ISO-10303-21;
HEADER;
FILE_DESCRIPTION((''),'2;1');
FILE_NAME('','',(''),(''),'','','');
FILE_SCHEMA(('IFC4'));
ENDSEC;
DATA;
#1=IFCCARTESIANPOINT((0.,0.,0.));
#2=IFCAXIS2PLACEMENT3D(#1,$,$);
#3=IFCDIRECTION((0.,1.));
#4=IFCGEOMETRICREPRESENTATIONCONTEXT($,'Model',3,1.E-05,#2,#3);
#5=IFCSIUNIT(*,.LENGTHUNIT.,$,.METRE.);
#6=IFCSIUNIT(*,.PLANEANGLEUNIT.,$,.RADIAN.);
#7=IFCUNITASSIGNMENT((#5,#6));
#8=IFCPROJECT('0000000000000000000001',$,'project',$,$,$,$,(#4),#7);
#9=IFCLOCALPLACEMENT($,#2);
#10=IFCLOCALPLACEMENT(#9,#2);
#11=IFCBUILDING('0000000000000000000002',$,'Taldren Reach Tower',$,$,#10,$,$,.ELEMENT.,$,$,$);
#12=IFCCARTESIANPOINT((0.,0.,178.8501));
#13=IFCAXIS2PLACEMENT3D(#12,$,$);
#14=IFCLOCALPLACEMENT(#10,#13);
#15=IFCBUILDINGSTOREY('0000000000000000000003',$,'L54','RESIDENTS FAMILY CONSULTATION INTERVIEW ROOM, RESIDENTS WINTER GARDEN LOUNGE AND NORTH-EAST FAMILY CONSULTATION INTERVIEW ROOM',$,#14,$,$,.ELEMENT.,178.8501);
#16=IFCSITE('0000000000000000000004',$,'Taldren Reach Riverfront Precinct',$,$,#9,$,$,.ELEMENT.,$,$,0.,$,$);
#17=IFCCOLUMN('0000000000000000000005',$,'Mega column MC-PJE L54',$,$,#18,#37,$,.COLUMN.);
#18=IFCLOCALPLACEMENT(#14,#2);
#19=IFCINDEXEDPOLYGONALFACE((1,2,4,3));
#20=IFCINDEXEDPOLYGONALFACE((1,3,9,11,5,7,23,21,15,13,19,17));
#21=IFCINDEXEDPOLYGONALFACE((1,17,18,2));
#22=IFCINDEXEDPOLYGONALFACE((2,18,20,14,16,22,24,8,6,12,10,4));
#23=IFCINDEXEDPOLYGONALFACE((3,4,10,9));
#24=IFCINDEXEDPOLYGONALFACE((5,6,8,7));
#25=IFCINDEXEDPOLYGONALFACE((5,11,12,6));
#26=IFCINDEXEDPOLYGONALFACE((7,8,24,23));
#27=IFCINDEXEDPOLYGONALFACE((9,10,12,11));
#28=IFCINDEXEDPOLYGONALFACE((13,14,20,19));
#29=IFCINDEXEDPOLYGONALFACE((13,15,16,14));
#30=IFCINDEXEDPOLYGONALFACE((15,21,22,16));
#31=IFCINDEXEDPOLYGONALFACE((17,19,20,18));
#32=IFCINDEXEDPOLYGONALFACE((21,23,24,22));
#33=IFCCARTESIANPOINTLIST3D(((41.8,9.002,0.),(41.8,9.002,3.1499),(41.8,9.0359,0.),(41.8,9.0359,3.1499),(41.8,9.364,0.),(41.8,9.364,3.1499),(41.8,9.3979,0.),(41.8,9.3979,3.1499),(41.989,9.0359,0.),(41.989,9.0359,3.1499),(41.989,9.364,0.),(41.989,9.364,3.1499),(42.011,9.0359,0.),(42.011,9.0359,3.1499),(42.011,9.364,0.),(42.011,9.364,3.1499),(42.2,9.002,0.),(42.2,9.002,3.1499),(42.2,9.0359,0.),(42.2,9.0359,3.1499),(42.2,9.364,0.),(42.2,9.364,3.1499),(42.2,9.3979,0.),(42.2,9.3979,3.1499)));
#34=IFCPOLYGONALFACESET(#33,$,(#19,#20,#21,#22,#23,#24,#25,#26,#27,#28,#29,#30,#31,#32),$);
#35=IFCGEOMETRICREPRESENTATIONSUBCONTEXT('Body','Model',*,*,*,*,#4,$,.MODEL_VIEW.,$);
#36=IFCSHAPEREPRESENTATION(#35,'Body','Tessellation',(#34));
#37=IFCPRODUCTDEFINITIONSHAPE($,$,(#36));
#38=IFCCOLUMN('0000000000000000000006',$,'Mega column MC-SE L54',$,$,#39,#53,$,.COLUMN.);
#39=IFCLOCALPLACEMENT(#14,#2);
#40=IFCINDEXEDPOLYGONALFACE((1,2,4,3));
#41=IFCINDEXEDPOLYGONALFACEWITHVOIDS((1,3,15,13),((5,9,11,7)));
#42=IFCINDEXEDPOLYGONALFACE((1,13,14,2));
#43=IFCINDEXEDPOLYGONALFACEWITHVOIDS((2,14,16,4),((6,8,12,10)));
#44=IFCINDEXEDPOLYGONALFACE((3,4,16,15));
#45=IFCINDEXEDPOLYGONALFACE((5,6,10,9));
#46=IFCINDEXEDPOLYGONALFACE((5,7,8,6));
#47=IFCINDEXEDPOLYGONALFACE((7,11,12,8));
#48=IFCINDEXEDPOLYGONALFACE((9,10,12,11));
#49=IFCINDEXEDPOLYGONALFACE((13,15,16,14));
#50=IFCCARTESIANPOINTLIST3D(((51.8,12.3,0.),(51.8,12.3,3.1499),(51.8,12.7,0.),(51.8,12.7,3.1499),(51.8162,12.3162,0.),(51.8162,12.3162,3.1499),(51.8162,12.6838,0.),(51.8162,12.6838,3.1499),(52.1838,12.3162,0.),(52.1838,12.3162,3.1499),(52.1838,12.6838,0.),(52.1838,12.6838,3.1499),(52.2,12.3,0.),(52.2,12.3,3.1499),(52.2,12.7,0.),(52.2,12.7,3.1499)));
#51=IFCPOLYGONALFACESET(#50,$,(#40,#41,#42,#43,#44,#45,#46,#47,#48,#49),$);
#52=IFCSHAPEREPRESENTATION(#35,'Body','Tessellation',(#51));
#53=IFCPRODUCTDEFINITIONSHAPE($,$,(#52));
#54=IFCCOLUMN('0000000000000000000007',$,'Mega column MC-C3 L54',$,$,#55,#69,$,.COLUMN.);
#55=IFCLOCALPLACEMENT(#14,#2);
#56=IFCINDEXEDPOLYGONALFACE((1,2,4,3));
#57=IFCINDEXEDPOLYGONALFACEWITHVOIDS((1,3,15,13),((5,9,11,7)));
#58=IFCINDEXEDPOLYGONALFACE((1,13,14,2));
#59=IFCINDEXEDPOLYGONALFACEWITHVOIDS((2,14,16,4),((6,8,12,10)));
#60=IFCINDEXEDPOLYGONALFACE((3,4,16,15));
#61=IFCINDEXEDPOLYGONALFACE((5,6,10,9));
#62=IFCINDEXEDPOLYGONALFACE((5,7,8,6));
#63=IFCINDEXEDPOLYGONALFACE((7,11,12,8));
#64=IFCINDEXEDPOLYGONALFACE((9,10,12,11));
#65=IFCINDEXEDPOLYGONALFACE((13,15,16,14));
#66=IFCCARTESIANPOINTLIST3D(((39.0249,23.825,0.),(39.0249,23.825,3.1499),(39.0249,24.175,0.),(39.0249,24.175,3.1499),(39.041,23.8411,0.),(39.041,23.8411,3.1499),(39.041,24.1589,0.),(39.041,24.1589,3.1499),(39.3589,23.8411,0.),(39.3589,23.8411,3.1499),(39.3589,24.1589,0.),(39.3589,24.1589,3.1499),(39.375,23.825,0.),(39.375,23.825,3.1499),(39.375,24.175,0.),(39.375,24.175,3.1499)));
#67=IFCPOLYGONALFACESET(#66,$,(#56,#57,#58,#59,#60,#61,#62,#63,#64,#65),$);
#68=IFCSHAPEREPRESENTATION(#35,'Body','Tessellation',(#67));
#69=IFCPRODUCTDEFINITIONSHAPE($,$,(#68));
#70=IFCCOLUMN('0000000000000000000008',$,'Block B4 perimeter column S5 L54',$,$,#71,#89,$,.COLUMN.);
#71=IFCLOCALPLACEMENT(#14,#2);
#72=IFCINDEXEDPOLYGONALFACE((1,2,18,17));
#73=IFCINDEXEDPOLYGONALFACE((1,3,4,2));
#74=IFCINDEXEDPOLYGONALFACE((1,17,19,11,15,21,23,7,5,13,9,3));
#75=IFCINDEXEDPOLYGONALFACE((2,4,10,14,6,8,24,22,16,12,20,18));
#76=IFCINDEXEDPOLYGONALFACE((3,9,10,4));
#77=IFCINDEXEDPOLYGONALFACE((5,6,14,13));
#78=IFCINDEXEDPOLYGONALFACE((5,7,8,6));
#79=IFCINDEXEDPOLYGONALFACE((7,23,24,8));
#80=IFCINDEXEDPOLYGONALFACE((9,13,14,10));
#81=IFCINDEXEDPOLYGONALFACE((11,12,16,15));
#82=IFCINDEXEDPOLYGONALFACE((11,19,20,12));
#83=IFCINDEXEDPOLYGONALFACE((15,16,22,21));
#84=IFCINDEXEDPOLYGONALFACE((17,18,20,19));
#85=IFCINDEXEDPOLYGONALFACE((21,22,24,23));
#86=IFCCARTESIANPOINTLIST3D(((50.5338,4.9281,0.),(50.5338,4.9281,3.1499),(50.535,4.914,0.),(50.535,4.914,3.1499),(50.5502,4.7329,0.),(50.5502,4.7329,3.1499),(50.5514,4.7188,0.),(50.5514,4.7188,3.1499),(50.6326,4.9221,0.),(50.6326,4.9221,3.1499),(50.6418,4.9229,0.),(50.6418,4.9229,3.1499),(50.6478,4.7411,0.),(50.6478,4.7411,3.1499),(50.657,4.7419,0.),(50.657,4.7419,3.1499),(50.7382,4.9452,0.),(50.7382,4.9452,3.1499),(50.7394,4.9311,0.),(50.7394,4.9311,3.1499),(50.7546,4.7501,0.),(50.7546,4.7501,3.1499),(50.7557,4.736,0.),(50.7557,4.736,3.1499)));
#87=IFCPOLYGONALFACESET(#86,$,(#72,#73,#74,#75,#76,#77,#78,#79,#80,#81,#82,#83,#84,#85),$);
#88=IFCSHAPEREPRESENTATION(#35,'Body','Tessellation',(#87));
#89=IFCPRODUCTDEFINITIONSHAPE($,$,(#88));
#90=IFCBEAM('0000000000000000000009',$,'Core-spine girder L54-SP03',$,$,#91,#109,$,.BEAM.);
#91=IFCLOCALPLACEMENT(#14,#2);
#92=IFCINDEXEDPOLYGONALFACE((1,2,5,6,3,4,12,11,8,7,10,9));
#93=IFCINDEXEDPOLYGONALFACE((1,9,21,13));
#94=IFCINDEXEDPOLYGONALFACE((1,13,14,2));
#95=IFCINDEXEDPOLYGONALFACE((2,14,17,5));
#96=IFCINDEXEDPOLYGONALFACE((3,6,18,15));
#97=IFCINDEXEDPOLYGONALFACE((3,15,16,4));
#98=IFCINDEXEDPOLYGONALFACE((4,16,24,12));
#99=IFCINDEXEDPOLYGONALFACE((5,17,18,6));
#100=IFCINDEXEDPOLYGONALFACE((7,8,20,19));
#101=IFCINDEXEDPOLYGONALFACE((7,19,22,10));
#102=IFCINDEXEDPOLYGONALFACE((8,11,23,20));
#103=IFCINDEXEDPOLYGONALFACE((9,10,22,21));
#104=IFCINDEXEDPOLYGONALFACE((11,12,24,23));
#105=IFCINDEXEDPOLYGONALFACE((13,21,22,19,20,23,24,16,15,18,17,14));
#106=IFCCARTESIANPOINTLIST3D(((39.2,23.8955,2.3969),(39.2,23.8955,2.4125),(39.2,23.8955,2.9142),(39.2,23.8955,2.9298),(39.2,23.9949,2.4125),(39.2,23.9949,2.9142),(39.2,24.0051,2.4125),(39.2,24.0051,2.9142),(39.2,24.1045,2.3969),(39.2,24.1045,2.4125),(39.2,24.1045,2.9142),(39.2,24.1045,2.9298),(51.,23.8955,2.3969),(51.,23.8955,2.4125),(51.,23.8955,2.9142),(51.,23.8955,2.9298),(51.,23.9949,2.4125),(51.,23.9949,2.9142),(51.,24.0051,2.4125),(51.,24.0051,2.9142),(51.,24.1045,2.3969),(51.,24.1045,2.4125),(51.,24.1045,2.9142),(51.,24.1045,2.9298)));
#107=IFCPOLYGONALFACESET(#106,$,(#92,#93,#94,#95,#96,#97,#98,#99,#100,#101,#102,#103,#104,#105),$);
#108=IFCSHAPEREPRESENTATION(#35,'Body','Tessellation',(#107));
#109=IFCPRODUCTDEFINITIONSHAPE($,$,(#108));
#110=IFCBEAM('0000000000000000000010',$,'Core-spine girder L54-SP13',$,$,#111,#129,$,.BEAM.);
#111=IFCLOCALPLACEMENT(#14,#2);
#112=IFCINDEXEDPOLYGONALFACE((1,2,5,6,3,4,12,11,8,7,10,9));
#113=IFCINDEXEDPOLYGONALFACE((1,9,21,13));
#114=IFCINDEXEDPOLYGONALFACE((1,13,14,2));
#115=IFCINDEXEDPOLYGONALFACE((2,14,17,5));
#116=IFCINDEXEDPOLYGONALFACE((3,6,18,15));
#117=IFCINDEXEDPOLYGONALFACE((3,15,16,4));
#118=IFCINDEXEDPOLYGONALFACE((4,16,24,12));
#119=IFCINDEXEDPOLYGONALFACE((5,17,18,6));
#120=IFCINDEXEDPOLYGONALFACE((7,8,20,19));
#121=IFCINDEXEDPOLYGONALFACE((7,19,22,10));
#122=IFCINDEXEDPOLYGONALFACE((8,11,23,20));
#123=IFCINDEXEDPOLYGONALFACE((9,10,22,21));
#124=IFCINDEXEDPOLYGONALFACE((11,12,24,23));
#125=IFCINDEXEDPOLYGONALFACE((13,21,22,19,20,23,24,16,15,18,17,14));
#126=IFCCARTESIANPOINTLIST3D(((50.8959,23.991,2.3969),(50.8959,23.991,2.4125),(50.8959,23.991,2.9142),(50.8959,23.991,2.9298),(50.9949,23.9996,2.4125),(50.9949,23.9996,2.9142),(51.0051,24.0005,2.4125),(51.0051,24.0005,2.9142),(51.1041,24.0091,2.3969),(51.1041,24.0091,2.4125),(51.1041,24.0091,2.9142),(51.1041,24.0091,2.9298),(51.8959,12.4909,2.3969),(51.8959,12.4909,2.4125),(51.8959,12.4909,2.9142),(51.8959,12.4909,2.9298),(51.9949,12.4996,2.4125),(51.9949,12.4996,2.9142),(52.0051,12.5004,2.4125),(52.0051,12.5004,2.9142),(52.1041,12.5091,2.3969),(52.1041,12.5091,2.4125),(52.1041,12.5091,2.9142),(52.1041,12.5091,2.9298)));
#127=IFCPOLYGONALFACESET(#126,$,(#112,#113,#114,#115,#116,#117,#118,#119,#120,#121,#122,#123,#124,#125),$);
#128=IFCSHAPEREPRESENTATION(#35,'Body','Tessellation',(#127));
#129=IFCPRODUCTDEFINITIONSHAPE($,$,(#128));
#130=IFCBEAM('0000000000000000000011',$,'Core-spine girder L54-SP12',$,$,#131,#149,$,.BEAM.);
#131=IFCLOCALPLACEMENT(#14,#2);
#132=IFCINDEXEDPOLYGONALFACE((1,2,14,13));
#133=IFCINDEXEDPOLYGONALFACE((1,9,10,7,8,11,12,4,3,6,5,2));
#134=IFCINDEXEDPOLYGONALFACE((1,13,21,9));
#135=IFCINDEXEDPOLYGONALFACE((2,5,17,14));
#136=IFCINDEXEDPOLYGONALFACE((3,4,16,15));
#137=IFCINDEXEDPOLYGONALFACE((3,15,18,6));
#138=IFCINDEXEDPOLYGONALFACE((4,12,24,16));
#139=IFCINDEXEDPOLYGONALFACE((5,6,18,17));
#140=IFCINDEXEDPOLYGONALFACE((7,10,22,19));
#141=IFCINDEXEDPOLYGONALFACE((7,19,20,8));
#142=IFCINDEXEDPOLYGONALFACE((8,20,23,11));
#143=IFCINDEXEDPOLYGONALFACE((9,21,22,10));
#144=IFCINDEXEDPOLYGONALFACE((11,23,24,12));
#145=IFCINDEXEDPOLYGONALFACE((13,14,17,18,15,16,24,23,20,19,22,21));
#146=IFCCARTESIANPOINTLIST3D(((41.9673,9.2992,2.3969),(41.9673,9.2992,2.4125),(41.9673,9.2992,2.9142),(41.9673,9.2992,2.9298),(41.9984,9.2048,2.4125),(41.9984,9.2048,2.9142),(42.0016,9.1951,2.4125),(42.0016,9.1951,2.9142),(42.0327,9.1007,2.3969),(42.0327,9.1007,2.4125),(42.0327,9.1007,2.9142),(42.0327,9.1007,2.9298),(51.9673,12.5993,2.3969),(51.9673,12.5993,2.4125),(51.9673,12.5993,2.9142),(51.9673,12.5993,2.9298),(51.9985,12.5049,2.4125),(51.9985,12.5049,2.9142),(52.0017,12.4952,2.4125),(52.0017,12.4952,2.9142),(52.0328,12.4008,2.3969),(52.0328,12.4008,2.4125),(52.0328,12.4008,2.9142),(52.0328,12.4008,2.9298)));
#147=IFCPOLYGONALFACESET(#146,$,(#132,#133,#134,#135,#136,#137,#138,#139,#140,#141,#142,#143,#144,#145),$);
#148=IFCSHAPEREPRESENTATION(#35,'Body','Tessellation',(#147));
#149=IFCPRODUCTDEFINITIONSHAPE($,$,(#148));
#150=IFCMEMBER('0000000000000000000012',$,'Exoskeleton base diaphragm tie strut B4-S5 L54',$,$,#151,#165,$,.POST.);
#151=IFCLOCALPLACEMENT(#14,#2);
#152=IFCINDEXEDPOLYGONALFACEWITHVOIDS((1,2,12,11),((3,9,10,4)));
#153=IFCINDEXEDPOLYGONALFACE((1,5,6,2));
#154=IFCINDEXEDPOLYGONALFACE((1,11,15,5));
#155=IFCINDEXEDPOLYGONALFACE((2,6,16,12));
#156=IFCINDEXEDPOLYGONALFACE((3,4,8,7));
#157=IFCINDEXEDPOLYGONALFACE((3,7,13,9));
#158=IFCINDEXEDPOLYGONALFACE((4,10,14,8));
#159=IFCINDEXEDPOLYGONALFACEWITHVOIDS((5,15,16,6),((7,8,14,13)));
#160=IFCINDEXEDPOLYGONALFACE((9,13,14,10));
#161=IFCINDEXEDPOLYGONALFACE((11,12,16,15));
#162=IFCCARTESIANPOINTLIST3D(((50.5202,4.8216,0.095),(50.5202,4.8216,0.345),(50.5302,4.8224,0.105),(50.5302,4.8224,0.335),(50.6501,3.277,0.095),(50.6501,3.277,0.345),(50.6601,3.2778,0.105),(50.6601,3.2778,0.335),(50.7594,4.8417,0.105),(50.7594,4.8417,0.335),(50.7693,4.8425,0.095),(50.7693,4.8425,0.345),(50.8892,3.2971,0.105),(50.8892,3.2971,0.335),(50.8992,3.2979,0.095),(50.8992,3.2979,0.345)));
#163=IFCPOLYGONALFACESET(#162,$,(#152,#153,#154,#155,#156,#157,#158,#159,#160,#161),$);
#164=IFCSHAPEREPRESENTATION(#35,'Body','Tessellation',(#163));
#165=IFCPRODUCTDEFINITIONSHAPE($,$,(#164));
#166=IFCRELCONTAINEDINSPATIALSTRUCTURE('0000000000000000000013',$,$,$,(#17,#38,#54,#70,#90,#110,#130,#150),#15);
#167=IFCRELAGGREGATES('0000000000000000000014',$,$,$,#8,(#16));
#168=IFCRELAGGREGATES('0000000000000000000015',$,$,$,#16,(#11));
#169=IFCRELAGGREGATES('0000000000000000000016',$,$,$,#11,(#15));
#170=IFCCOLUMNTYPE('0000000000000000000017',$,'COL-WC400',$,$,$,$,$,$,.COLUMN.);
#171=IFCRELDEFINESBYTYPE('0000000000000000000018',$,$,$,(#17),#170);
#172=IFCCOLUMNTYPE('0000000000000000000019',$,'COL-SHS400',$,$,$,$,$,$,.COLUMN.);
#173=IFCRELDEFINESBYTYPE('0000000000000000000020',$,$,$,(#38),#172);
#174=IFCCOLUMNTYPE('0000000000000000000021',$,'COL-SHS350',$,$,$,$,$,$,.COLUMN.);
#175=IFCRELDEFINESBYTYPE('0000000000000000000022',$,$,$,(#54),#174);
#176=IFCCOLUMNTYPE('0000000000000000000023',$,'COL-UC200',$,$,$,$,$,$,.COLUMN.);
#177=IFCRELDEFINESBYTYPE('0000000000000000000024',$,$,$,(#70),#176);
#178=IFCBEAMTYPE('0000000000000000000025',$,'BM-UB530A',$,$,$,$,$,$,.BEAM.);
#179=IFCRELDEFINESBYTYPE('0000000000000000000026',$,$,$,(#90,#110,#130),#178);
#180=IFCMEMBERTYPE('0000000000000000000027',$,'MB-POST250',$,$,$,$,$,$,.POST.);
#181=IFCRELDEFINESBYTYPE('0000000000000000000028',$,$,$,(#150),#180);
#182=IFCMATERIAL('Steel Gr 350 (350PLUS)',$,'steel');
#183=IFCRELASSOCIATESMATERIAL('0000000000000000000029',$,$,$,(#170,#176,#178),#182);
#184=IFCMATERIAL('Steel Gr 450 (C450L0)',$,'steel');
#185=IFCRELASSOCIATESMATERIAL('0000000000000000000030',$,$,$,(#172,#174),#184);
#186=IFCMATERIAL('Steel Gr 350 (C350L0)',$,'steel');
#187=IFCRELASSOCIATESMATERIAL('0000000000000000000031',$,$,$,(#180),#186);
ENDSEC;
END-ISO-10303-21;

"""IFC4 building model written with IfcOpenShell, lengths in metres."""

from ifc_helpers import new_model, si_unit, direction, frame, origin, origin_2d, place, context, subcontext, project, spatial, hollow_rectangle, i_section, extrude, source, transform, mapped, material, material_profile, profile_set, type_object, element, save


model = new_model("IFC4")

# Units and contexts
model_context = context("Model", 3, precision=1e-05, world=origin(), true_north=direction((0.0, 1.0)))
body_context = subcontext(model_context, "Body", "Model", "MODEL_VIEW")
ifc_project = project(units=[si_unit("LENGTHUNIT", "METRE"), si_unit("PLANEANGLEUNIT", "RADIAN")], contexts=[model_context])

# Site, building, storey
site_placement = place(None, origin())
site = spatial("IfcSite", under=ifc_project, at=site_placement, Name="Taldren Reach Riverfront Precinct", CompositionType="ELEMENT", RefElevation=0.0)
building_placement = place(site_placement, origin())
building = spatial("IfcBuilding", under=site, at=building_placement, Name="Taldren Reach Tower", CompositionType="ELEMENT")
storey_placement = place(building_placement, frame((0.0, 0.0, 178.8501)))
storey = spatial("IfcBuildingStorey", under=building, at=storey_placement, Name="L54", Description="RESIDENTS FAMILY CONSULTATION INTERVIEW ROOM, RESIDENTS WINTER GARDEN LOUNGE AND NORTH-EAST FAMILY CONSULTATION INTERVIEW ROOM", CompositionType="ELEMENT", Elevation=178.8501)

# Columns
ifc_material_1 = material(Name="Steel Gr 350 (350PLUS)", Category="steel")
ifc_material_profile_1 = material_profile(ifc_material_1, i_section(OverallWidth=0.3999, OverallDepth=0.396, WebThickness=0.022, FlangeThickness=0.0339, at=origin_2d()), Name="400WC270")
ifc_profile_set_1 = profile_set([ifc_material_profile_1], Name="Steel Gr 350 (350PLUS)")
column_type_1 = type_object("IfcColumnType", Name="COL-WC400", PredefinedType="COLUMN", material=ifc_profile_set_1)
shared_shape_1 = source(origin(), body_context, "Body", "SweptSolid", [
    extrude(i_section(OverallWidth=0.3999, OverallDepth=0.396, WebThickness=0.022, FlangeThickness=0.0339, at=origin_2d()), origin(), (0.0, 0.0, 1.0), 3.1499),
])
column_1_placement = place(storey_placement, frame((42.0, 9.2, 0.0), z_axis=(0.0, 0.0, 1.0), x_axis=(1.0, 0.0, 0.0)))
element("IfcColumn", 1, at=column_1_placement, inside=storey, type_object=column_type_1, Name="Mega column MC-PJE L54", PredefinedType="COLUMN", context=body_context, shape_type="MappedRepresentation", body=[
    mapped(shared_shape_1, transform((0.0, 0.0, 0.0), scale=1.0)),
])
ifc_material_2 = material(Name="Steel Gr 450 (C450L0)", Category="steel")
ifc_material_profile_2 = material_profile(ifc_material_2, hollow_rectangle(XDim=0.3999, YDim=0.3999, WallThickness=0.0161, at=origin_2d()), Name="400x400x16.0SHS")
ifc_profile_set_2 = profile_set([ifc_material_profile_2], Name="Steel Gr 450 (C450L0)")
column_type_2 = type_object("IfcColumnType", Name="COL-SHS400", PredefinedType="COLUMN", material=ifc_profile_set_2)
shared_shape_2 = source(origin(), body_context, "Body", "SweptSolid", [
    extrude(hollow_rectangle(XDim=0.3999, YDim=0.3999, WallThickness=0.0161, at=origin_2d()), origin(), (0.0, 0.0, 1.0), 3.1499),
])
column_2_placement = place(storey_placement, frame((52.0, 12.5, 0.0), z_axis=(0.0, 0.0, 1.0), x_axis=(1.0, 0.0, 0.0)))
element("IfcColumn", 2, at=column_2_placement, inside=storey, type_object=column_type_2, Name="Mega column MC-SE L54", PredefinedType="COLUMN", context=body_context, shape_type="MappedRepresentation", body=[
    mapped(shared_shape_2, transform((0.0, 0.0, 0.0), scale=1.0)),
])
ifc_material_profile_3 = material_profile(ifc_material_2, hollow_rectangle(XDim=0.3501, YDim=0.3501, WallThickness=0.0161, at=origin_2d()), Name="350x350x16.0SHS")
ifc_profile_set_3 = profile_set([ifc_material_profile_3], Name="Steel Gr 450 (C450L0)")
column_type_3 = type_object("IfcColumnType", Name="COL-SHS350", PredefinedType="COLUMN", material=ifc_profile_set_3)
shared_shape_3 = source(origin(), body_context, "Body", "SweptSolid", [
    extrude(hollow_rectangle(XDim=0.3501, YDim=0.3501, WallThickness=0.0161, at=origin_2d()), origin(), (0.0, 0.0, 1.0), 3.1499),
])
column_3_placement = place(storey_placement, frame((39.2, 24.0, 0.0), z_axis=(0.0, 0.0, 1.0), x_axis=(1.0, 0.0, 0.0)))
element("IfcColumn", 3, at=column_3_placement, inside=storey, type_object=column_type_3, Name="Mega column MC-C3 L54", PredefinedType="COLUMN", context=body_context, shape_type="MappedRepresentation", body=[
    mapped(shared_shape_3, transform((0.0, 0.0, 0.0), scale=1.0)),
])
ifc_material_profile_4 = material_profile(ifc_material_1, i_section(OverallWidth=0.2051, OverallDepth=0.21, WebThickness=0.0093, FlangeThickness=0.0142, at=origin_2d()), Name="200UC59.5")
ifc_profile_set_4 = profile_set([ifc_material_profile_4], Name="Steel Gr 350 (350PLUS)")
column_type_4 = type_object("IfcColumnType", Name="COL-UC200", PredefinedType="COLUMN", material=ifc_profile_set_4)
shared_shape_4 = source(origin(), body_context, "Body", "SweptSolid", [
    extrude(i_section(OverallWidth=0.2051, OverallDepth=0.21, WebThickness=0.0093, FlangeThickness=0.0142, at=origin_2d()), origin(), (0.0, 0.0, 1.0), 3.1499),
])
column_4_placement = place(storey_placement, frame((50.6448, 4.832, 0.0), z_axis=(0.0, 0.0, 1.0), x_axis=(0.996493, 0.083678, 0.0)))
element("IfcColumn", 4, at=column_4_placement, inside=storey, type_object=column_type_4, Name="Block B4 perimeter column S5 L54", PredefinedType="COLUMN", context=body_context, shape_type="MappedRepresentation", body=[
    mapped(shared_shape_4, transform((0.0, 0.0, 0.0), scale=1.0)),
])

# Beams
ifc_material_profile_5 = material_profile(ifc_material_1, i_section(OverallWidth=0.209, OverallDepth=0.533, WebThickness=0.0103, FlangeThickness=0.0156, at=origin_2d()), Name="530UB92.4")
ifc_profile_set_5 = profile_set([ifc_material_profile_5], Name="Steel Gr 350 (350PLUS)")
beam_type_1 = type_object("IfcBeamType", Name="BM-UB530A", PredefinedType="BEAM", material=ifc_profile_set_5)
shared_shape_5 = source(origin(), body_context, "Body", "SweptSolid", [
    extrude(i_section(OverallWidth=0.209, OverallDepth=0.533, WebThickness=0.0103, FlangeThickness=0.0156, at=origin_2d()), origin(), (0.0, 0.0, 1.0), 11.8),
])
beam_1_placement = place(storey_placement, frame((39.2, 24.0, 2.6633), z_axis=(1.0, 0.0, 0.0), x_axis=(0.0, 1.0, 0.0)))
element("IfcBeam", 5, at=beam_1_placement, inside=storey, type_object=beam_type_1, Name="Core-spine girder L54-SP03", PredefinedType="BEAM", context=body_context, shape_type="MappedRepresentation", body=[
    mapped(shared_shape_5, transform((0.0, 0.0, 0.0), scale=1.0)),
])
shared_shape_6 = source(origin(), body_context, "Body", "SweptSolid", [
    extrude(i_section(OverallWidth=0.209, OverallDepth=0.533, WebThickness=0.0103, FlangeThickness=0.0156, at=origin_2d()), origin(), (0.0, 0.0, 1.0), 11.5435),
])
beam_2_placement = place(storey_placement, frame((52.0, 12.5, 2.6633), z_axis=(-0.08663, 0.996241, 0.0), x_axis=(-0.996241, -0.08663, 0.0)))
element("IfcBeam", 6, at=beam_2_placement, inside=storey, type_object=beam_type_1, Name="Core-spine girder L54-SP13", PredefinedType="BEAM", context=body_context, shape_type="MappedRepresentation", body=[
    mapped(shared_shape_6, transform((0.0, 0.0, 0.0), scale=1.0)),
])
shared_shape_7 = source(origin(), body_context, "Body", "SweptSolid", [
    extrude(i_section(OverallWidth=0.209, OverallDepth=0.533, WebThickness=0.0103, FlangeThickness=0.0156, at=origin_2d()), origin(), (0.0, 0.0, 1.0), 10.5305),
])
beam_3_placement = place(storey_placement, frame((42.0, 9.2, 2.6633), z_axis=(0.949627, 0.313382, 0.0), x_axis=(-0.313382, 0.949627, 0.0)))
element("IfcBeam", 7, at=beam_3_placement, inside=storey, type_object=beam_type_1, Name="Core-spine girder L54-SP12", PredefinedType="BEAM", context=body_context, shape_type="MappedRepresentation", body=[
    mapped(shared_shape_7, transform((0.0, 0.0, 0.0), scale=1.0)),
])

# Member
ifc_material_3 = material(Name="Steel Gr 350 (C350L0)", Category="steel")
ifc_material_profile_6 = material_profile(ifc_material_3, hollow_rectangle(XDim=0.25, YDim=0.25, WallThickness=0.01, at=origin_2d()), Name="250x250x10.0SHS")
ifc_profile_set_6 = profile_set([ifc_material_profile_6], Name="Steel Gr 350 (C350L0)")
member_type_1 = type_object("IfcMemberType", Name="MB-POST250", PredefinedType="POST", material=ifc_profile_set_6)
shared_shape_8 = source(origin(), body_context, "Body", "SweptSolid", [
    extrude(hollow_rectangle(XDim=0.25, YDim=0.25, WallThickness=0.01, at=origin_2d()), origin(), (0.0, 0.0, 1.0), 1.55),
])
for number, where, z_axis, x_axis, name in (
    (8, (50.6448, 4.832, 0.22), (0.083788, -0.996484, 0.0), (0.996484, 0.083788, 0.0), "Exoskeleton base diaphragm tie strut B4-S5 L54"),
):
    element("IfcMember", number, at=place(storey_placement, frame(where, z_axis=z_axis, x_axis=x_axis)), inside=storey, type_object=member_type_1, Name=name, PredefinedType="POST", context=body_context, shape_type="MappedRepresentation", body=[
        mapped(shared_shape_8, transform((0.0, 0.0, 0.0), scale=1.0)),
    ])

save(model, "model.ifc")
